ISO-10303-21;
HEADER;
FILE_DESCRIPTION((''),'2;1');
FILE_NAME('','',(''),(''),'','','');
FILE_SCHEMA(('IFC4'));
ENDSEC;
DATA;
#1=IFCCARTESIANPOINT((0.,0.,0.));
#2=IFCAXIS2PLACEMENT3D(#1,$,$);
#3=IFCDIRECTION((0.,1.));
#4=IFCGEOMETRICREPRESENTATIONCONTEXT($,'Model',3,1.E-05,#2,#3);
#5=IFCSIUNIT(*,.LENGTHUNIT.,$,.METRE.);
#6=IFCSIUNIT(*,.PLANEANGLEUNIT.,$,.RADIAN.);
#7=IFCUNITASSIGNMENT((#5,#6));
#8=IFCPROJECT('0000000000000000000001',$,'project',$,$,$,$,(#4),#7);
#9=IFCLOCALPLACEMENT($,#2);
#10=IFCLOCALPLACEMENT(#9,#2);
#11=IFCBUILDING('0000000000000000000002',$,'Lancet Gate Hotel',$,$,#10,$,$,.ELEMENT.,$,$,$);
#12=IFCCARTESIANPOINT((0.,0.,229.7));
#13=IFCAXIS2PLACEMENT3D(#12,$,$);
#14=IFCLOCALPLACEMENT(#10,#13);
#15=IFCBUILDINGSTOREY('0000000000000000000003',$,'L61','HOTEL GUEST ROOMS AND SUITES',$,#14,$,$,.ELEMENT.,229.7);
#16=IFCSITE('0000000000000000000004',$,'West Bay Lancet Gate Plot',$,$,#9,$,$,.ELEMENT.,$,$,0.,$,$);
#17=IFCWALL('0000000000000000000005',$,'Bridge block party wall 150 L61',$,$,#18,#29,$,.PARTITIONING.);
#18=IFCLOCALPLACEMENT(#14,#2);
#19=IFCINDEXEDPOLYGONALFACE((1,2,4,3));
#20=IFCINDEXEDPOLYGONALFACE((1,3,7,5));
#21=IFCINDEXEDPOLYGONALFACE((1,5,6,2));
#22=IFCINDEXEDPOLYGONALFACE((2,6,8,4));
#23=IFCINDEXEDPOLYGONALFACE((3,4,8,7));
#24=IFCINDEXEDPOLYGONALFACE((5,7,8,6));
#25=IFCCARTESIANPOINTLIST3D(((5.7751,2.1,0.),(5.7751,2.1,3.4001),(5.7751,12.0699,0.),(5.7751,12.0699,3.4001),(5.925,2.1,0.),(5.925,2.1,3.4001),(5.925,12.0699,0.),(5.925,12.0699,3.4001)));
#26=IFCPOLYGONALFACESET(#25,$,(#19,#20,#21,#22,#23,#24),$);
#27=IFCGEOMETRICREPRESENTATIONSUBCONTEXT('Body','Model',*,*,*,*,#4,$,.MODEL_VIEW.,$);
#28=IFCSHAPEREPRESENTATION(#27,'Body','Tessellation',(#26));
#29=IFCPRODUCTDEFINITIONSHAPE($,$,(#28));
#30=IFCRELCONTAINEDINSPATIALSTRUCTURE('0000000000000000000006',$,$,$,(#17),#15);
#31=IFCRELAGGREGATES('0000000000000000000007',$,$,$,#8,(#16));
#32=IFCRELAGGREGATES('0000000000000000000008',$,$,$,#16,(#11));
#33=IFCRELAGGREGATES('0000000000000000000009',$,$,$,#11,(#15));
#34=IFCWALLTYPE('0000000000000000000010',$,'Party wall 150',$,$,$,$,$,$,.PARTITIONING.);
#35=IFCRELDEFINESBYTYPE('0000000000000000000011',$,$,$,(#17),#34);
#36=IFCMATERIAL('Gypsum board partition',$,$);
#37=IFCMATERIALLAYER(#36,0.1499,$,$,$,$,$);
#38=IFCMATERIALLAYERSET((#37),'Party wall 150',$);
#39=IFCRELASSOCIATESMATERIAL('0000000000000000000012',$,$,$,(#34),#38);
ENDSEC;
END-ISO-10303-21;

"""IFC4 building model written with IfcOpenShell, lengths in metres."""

from ifc_helpers import new_model, si_unit, direction, frame, frame_2d, origin, place, context, subcontext, project, spatial, rectangle, extrude, material, layer, layer_set, type_object, element, save


model = new_model("IFC4")

# Units and contexts
model_context = context("Model", 3, precision=1e-05, world=origin(), true_north=direction((0.0, 1.0)))
body_context = subcontext(model_context, "Body", "Model", "MODEL_VIEW")
ifc_project = project(units=[si_unit("LENGTHUNIT", "METRE"), si_unit("PLANEANGLEUNIT", "RADIAN")], contexts=[model_context])

# Site, building, storey
site_placement = place(None, origin())
site = spatial("IfcSite", under=ifc_project, at=site_placement, Name="West Bay Lancet Gate Plot", CompositionType="ELEMENT", RefElevation=0.0)
building_placement = place(site_placement, origin())
building = spatial("IfcBuilding", under=site, at=building_placement, Name="Lancet Gate Hotel", CompositionType="ELEMENT")
storey_placement = place(building_placement, frame((0.0, 0.0, 229.7)))
storey = spatial("IfcBuildingStorey", under=building, at=storey_placement, Name="L61", Description="HOTEL GUEST ROOMS AND SUITES", CompositionType="ELEMENT", Elevation=229.7)

# Wall
ifc_material_1 = material(Name="Gypsum board partition")
ifc_layer_1 = layer(ifc_material_1, 0.1499)
ifc_layer_set_1 = layer_set([ifc_layer_1], Name="Party wall 150")
wall_type_1 = type_object("IfcWallType", Name="Party wall 150", PredefinedType="PARTITIONING", material=ifc_layer_set_1)
wall_1_placement = place(storey_placement, frame((5.8501, 2.1001, 0.0), z_axis=(0.0, 0.0, 1.0), x_axis=(0.0, 1.0, 0.0)))
element("IfcWall", 1, at=wall_1_placement, inside=storey, type_object=wall_type_1, Name="Bridge block party wall 150 L61", PredefinedType="PARTITIONING", context=body_context, shape_type="SweptSolid", body=[
    extrude(rectangle(XDim=9.97, YDim=0.1499, at=frame_2d((4.9849, 0.0))), origin(), (0.0, 0.0, 1.0), 3.4001),
])

save(model, "model.ifc")
